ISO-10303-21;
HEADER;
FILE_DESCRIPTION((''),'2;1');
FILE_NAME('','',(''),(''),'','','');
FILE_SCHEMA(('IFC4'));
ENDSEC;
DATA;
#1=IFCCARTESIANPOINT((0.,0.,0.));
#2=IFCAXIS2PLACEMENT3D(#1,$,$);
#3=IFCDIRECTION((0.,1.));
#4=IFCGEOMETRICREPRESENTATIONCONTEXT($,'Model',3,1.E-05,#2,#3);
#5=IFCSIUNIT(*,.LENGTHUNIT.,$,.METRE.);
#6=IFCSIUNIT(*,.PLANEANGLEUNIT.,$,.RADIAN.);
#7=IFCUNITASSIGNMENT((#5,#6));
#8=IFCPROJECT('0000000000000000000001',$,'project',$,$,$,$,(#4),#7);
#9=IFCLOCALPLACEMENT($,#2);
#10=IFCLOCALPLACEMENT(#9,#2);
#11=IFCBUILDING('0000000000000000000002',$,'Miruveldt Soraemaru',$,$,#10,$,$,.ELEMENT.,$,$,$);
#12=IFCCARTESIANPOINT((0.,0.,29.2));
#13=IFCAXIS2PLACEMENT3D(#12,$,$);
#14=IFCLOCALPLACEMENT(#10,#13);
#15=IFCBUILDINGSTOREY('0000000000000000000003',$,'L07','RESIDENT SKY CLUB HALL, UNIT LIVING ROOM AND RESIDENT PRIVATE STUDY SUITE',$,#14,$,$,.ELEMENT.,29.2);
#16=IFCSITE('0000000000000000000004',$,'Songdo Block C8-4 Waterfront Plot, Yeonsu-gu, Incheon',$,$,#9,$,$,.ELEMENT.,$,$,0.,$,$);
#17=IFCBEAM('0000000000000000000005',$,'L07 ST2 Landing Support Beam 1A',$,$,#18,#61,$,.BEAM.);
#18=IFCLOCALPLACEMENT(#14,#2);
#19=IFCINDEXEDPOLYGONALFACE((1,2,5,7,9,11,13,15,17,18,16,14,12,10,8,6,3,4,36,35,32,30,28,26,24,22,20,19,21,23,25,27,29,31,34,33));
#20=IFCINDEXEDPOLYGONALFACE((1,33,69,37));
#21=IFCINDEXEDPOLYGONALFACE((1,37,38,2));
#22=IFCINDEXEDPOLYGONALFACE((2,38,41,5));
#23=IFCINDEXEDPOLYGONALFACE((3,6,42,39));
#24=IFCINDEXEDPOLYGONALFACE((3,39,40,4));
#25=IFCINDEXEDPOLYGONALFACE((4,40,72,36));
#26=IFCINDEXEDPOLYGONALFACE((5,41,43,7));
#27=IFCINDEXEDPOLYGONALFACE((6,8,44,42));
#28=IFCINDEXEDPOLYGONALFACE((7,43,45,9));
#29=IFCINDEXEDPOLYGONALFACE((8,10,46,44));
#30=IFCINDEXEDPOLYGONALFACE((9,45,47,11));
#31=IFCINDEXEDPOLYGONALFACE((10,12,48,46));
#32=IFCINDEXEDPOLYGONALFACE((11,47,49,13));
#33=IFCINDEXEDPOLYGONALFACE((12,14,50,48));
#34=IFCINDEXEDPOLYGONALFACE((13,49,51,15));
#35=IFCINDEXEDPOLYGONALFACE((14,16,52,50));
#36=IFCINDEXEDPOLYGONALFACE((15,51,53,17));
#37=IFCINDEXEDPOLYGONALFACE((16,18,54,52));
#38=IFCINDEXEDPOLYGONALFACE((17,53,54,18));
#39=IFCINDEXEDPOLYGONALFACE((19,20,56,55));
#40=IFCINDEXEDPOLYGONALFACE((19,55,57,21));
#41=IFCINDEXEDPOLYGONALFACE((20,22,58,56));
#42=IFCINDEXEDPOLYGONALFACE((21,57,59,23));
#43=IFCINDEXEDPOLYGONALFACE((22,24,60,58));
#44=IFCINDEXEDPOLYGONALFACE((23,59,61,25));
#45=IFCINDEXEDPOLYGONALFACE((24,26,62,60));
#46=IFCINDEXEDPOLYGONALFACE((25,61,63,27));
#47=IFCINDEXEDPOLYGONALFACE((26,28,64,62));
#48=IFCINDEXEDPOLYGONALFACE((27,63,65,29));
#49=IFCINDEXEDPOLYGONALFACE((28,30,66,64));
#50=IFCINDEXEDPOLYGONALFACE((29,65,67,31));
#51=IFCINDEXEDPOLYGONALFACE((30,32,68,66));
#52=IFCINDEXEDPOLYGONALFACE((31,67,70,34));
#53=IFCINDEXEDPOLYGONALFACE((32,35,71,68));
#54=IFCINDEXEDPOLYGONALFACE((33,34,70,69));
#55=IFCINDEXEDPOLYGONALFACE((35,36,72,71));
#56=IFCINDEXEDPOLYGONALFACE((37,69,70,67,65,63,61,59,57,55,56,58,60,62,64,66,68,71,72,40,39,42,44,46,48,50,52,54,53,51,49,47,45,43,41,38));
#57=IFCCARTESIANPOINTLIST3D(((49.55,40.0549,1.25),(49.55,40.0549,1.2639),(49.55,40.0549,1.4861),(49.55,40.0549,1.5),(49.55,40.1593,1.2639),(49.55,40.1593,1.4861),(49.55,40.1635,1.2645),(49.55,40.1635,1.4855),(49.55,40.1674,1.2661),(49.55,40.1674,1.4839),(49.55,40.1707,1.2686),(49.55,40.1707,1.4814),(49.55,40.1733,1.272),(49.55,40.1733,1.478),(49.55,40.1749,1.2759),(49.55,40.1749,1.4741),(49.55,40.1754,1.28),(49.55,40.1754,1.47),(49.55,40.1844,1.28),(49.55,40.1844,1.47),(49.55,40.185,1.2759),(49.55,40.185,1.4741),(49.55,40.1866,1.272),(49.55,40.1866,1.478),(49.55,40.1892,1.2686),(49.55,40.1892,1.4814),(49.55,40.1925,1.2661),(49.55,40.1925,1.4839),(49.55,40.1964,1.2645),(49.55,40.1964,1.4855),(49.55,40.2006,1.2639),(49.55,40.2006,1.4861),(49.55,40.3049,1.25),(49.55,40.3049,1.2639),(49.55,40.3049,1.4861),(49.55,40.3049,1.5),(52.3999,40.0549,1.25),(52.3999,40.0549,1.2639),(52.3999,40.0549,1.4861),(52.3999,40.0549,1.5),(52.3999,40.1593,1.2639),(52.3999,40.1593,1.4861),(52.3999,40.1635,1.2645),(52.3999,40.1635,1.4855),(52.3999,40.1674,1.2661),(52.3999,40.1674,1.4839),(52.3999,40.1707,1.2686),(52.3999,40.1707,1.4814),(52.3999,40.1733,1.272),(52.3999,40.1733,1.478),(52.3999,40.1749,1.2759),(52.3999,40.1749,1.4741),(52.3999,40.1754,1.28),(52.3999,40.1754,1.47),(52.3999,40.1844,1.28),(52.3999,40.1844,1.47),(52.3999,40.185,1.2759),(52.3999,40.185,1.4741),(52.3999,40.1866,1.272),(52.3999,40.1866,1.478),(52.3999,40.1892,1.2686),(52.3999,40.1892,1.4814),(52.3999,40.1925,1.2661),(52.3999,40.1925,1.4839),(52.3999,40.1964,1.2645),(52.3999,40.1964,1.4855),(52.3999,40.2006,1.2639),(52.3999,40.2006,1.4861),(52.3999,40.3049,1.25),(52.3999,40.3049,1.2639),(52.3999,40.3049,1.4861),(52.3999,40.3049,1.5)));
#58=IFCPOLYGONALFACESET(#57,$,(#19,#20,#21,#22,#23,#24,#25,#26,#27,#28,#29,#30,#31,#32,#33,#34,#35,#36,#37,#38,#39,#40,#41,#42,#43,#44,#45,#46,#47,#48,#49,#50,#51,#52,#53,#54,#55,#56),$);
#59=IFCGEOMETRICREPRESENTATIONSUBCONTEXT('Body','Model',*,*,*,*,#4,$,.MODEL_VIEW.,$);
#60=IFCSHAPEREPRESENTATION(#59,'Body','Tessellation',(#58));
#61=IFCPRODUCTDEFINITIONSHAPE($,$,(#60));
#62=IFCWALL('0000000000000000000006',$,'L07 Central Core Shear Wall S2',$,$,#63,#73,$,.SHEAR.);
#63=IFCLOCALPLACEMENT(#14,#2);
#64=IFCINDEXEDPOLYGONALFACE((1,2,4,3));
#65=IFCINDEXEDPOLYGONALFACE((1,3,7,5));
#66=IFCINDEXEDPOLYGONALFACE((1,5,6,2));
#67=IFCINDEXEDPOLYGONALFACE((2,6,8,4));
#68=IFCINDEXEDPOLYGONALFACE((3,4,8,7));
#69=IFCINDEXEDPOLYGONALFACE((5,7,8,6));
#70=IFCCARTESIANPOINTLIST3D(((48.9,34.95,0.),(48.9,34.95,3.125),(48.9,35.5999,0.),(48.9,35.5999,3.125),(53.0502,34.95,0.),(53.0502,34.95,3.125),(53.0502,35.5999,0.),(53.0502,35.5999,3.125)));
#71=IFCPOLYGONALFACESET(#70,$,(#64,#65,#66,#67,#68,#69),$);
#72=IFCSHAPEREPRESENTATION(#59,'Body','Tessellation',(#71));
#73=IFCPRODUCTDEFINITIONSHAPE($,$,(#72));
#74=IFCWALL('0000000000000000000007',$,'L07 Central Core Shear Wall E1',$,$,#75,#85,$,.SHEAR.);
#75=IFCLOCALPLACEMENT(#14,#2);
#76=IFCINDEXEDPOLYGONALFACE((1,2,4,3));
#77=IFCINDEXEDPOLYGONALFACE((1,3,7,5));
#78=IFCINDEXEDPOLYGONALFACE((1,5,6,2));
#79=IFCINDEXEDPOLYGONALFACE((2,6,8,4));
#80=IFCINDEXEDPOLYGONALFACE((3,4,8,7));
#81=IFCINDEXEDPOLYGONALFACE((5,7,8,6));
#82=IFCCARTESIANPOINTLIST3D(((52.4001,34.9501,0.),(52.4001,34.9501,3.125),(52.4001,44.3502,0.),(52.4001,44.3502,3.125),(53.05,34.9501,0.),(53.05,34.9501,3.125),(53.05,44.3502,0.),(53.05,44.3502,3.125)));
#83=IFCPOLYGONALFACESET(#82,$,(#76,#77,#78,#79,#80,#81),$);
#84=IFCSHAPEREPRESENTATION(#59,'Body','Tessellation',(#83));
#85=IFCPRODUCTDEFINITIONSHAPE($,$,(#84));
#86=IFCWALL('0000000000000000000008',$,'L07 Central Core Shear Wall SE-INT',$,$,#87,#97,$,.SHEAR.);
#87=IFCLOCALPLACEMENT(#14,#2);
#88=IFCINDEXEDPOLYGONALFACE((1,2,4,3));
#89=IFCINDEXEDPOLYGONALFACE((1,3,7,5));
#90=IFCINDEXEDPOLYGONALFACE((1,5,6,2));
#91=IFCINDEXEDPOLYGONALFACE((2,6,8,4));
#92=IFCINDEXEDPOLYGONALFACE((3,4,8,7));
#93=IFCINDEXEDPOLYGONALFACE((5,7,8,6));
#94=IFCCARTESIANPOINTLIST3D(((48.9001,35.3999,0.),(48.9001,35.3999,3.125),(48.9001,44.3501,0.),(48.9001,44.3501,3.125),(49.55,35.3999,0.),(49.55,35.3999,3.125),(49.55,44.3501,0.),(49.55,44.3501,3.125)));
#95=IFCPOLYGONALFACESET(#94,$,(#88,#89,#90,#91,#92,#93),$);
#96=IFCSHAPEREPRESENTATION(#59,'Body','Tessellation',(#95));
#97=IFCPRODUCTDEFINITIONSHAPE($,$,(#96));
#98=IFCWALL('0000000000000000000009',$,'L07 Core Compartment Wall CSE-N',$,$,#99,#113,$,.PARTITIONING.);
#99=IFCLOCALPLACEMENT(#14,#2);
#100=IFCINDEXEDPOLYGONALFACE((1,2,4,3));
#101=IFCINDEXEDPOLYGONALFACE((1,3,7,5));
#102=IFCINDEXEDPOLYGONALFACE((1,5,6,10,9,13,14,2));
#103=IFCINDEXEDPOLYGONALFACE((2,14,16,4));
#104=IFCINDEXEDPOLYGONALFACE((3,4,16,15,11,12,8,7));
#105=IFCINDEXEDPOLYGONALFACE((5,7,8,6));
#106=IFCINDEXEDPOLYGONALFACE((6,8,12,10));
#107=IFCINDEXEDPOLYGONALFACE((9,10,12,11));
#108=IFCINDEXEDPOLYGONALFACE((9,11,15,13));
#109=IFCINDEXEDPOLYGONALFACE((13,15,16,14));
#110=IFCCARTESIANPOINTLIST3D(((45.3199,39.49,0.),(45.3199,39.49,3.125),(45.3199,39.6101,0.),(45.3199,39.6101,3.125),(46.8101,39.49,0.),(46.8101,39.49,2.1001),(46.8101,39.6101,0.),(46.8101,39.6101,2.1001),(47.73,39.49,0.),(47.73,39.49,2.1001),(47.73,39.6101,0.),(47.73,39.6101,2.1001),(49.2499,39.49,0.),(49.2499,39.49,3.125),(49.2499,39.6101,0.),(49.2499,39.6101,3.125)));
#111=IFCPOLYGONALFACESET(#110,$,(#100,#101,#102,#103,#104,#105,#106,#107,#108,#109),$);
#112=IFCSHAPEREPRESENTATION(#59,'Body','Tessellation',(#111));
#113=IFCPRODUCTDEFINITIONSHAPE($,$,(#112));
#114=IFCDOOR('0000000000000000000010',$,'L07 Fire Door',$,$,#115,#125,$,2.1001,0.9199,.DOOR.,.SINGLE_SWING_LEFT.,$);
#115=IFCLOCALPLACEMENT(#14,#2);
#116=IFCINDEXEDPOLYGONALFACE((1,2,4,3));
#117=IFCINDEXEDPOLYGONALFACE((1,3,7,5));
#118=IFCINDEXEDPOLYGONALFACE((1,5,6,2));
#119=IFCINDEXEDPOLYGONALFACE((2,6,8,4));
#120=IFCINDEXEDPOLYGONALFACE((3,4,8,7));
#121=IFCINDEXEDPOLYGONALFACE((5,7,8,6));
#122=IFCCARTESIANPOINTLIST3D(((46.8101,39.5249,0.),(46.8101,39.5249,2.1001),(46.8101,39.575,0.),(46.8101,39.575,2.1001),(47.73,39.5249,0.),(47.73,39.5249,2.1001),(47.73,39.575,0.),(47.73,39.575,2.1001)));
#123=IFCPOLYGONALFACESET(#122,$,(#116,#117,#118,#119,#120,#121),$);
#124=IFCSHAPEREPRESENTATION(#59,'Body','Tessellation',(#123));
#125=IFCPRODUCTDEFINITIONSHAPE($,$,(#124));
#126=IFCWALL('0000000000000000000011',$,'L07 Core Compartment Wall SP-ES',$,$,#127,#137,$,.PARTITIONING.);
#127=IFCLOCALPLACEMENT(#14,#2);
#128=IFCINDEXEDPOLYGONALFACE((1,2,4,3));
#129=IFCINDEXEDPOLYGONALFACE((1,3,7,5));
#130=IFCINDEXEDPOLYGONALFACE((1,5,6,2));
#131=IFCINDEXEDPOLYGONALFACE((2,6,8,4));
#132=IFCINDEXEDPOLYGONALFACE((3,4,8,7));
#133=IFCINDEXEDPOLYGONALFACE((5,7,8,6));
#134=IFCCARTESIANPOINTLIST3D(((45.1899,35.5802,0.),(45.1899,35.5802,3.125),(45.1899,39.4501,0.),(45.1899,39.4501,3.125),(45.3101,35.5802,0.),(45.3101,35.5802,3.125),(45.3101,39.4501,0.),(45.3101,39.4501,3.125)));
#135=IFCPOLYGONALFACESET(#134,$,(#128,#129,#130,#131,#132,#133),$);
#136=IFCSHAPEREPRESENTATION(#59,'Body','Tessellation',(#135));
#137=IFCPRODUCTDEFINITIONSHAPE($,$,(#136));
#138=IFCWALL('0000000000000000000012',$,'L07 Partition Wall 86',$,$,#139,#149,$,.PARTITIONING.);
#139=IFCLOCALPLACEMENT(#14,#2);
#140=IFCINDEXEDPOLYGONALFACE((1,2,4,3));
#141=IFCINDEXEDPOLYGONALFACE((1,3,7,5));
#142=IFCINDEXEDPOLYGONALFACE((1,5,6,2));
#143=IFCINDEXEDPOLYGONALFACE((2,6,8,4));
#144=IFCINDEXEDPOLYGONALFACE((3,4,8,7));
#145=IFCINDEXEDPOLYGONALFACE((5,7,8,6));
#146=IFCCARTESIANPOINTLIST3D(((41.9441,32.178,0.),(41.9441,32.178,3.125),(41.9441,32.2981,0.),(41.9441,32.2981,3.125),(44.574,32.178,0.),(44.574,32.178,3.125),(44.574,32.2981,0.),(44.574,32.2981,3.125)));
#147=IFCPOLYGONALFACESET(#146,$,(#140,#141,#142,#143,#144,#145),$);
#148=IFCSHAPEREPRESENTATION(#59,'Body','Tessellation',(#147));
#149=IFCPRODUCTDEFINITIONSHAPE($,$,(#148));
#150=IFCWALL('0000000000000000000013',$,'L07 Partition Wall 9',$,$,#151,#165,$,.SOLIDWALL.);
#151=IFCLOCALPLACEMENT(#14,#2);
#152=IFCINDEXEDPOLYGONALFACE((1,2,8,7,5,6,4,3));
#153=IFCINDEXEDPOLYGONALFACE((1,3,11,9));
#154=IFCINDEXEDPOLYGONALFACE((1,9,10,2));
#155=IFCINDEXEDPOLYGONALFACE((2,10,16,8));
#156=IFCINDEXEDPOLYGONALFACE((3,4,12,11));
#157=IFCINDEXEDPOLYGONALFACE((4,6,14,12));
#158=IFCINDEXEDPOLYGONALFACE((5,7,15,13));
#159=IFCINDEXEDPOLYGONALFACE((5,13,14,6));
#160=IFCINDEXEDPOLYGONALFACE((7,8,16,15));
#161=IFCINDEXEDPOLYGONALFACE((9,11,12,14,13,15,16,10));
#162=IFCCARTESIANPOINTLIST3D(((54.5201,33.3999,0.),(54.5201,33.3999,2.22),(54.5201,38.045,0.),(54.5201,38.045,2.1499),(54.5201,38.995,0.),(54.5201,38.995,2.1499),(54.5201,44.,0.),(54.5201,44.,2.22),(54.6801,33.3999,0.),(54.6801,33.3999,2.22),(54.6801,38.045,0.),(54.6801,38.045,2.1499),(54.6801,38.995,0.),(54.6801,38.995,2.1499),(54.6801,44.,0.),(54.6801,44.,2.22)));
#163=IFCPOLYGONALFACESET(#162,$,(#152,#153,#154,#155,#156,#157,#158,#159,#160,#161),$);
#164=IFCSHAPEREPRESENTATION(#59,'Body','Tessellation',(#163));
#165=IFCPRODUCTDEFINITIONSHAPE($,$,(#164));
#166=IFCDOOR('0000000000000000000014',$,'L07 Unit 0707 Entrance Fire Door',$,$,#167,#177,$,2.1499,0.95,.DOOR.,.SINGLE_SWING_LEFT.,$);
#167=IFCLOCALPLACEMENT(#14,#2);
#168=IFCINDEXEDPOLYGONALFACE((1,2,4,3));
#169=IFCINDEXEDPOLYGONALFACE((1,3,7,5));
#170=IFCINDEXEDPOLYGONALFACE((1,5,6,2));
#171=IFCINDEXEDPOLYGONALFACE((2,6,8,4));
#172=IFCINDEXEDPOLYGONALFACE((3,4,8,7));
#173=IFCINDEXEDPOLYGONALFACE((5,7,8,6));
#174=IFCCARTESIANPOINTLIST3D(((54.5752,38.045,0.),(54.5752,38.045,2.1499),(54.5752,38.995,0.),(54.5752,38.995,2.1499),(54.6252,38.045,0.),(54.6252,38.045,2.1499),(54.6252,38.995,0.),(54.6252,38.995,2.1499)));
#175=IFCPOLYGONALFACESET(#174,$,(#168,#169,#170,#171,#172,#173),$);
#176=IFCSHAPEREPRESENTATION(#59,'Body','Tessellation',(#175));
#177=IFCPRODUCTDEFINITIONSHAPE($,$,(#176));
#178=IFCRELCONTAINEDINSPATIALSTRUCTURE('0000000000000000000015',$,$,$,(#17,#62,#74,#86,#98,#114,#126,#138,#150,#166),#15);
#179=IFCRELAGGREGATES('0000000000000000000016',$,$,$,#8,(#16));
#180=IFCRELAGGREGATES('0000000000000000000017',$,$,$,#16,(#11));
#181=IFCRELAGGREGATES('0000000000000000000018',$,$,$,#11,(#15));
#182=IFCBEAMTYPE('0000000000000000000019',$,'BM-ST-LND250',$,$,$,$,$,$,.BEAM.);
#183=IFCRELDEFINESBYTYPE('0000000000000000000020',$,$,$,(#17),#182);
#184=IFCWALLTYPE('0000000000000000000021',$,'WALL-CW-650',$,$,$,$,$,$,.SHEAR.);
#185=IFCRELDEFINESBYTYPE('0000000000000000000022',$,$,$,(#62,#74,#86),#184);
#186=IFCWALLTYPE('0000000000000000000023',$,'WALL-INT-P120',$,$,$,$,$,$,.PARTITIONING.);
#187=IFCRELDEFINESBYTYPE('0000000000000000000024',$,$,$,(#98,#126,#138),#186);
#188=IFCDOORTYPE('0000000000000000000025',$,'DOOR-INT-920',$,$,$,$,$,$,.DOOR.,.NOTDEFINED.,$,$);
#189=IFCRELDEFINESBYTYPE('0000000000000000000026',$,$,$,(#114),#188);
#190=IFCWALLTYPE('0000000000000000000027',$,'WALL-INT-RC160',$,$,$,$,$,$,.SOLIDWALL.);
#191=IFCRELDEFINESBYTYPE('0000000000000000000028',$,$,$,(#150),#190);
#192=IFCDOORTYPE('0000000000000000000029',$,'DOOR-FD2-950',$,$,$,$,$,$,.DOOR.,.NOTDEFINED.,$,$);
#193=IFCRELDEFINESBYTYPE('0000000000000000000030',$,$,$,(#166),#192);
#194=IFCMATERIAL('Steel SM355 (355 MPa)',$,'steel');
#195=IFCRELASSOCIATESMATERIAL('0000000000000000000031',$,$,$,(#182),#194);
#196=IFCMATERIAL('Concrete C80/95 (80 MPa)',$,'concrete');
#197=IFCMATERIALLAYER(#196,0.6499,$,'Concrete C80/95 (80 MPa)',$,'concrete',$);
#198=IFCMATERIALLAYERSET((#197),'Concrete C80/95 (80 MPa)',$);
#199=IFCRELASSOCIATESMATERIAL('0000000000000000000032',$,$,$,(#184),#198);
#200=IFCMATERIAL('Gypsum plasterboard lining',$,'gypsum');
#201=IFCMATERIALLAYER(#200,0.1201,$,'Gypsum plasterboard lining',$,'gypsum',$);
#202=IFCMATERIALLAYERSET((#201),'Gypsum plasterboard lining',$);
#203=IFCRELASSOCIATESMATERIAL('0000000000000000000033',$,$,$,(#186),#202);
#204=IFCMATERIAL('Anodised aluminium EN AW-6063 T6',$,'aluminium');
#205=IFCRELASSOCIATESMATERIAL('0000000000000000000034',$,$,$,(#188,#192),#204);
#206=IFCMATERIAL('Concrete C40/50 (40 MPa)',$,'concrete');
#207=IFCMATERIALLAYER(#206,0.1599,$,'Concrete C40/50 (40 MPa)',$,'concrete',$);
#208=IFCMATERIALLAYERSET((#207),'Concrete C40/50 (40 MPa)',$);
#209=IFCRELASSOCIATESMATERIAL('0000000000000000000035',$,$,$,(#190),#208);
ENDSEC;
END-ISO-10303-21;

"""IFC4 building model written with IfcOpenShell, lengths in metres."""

from ifc_helpers import new_model, si_unit, direction, frame, frame_2d, origin, origin_2d, place, context, subcontext, project, spatial, rectangle, i_section, extrude, material, layer, layer_set, material_profile, profile_set, type_object, element, fill, save


model = new_model("IFC4")

# Units and contexts
model_context = context("Model", 3, precision=1e-05, world=origin(), true_north=direction((0.0, 1.0)))
body_context = subcontext(model_context, "Body", "Model", "MODEL_VIEW")
ifc_project = project(units=[si_unit("LENGTHUNIT", "METRE"), si_unit("PLANEANGLEUNIT", "RADIAN")], contexts=[model_context])

# Site, building, storey
site_placement = place(None, origin())
site = spatial("IfcSite", under=ifc_project, at=site_placement, Name="Songdo Block C8-4 Waterfront Plot, Yeonsu-gu, Incheon", CompositionType="ELEMENT", RefElevation=0.0)
building_placement = place(site_placement, origin())
building = spatial("IfcBuilding", under=site, at=building_placement, Name="Miruveldt Soraemaru", CompositionType="ELEMENT")
storey_placement = place(building_placement, frame((0.0, 0.0, 29.2)))
storey = spatial("IfcBuildingStorey", under=building, at=storey_placement, Name="L07", Description="RESIDENT SKY CLUB HALL, UNIT LIVING ROOM AND RESIDENT PRIVATE STUDY SUITE", CompositionType="ELEMENT", Elevation=29.2)

# Beam
ifc_material_1 = material(Name="Steel SM355 (355 MPa)", Category="steel")
ifc_material_profile_1 = material_profile(ifc_material_1, i_section(OverallWidth=0.25, OverallDepth=0.25, WebThickness=0.009, FlangeThickness=0.0139, FilletRadius=0.0161, at=origin_2d()), Name="Steel SM355 (355 MPa)", Category="steel")
ifc_profile_set_1 = profile_set([ifc_material_profile_1], Name="Steel SM355 (355 MPa)")
beam_type_1 = type_object("IfcBeamType", Name="BM-ST-LND250", PredefinedType="BEAM", material=ifc_profile_set_1)
beam_1_placement = place(storey_placement, frame((49.55, 40.1799, 1.375), z_axis=(1.0, 0.0, 0.0), x_axis=(0.0, 1.0, 0.0)))
element("IfcBeam", 1, at=beam_1_placement, inside=storey, type_object=beam_type_1, Name="L07 ST2 Landing Support Beam 1A", PredefinedType="BEAM", context=body_context, shape_type="SweptSolid", body=[
    extrude(i_section(OverallWidth=0.25, OverallDepth=0.25, WebThickness=0.009, FlangeThickness=0.0139, FilletRadius=0.0161, at=origin_2d()), origin(), (0.0, 0.0, 1.0), 2.8499),
])

# Walls
ifc_material_2 = material(Name="Concrete C80/95 (80 MPa)", Category="concrete")
ifc_layer_1 = layer(ifc_material_2, 0.6499, Name="Concrete C80/95 (80 MPa)", Category="concrete")
ifc_layer_set_1 = layer_set([ifc_layer_1], Name="Concrete C80/95 (80 MPa)")
wall_type_1 = type_object("IfcWallType", Name="WALL-CW-650", PredefinedType="SHEAR", material=ifc_layer_set_1)
wall_1_placement = place(storey_placement, frame((48.8999, 35.2749, 0.0), z_axis=(0.0, 0.0, 1.0), x_axis=(1.0, 0.0, 0.0)))
element("IfcWall", 2, at=wall_1_placement, inside=storey, type_object=wall_type_1, Name="L07 Central Core Shear Wall S2", PredefinedType="SHEAR", context=body_context, shape_type="SweptSolid", body=[
    extrude(rectangle(XDim=4.1501, YDim=0.6499, at=frame_2d((2.0752, 0.0))), origin(), (0.0, 0.0, 1.0), 3.125),
])
wall_2_placement = place(storey_placement, frame((52.7251, 34.95, 0.0), z_axis=(0.0, 0.0, 1.0), x_axis=(0.0, 1.0, 0.0)))
element("IfcWall", 3, at=wall_2_placement, inside=storey, type_object=wall_type_1, Name="L07 Central Core Shear Wall E1", PredefinedType="SHEAR", context=body_context, shape_type="SweptSolid", body=[
    extrude(rectangle(XDim=9.4001, YDim=0.6499, at=frame_2d((4.7002, 0.0))), origin(), (0.0, 0.0, 1.0), 3.125),
])
wall_3_placement = place(storey_placement, frame((49.2251, 35.3999, 0.0), z_axis=(0.0, 0.0, 1.0), x_axis=(0.0, 1.0, 0.0)))
element("IfcWall", 4, at=wall_3_placement, inside=storey, type_object=wall_type_1, Name="L07 Central Core Shear Wall SE-INT", PredefinedType="SHEAR", context=body_context, shape_type="SweptSolid", body=[
    extrude(rectangle(XDim=8.9502, YDim=0.6499, at=frame_2d((4.4751, 0.0))), origin(), (0.0, 0.0, 1.0), 3.125),
])

# Wall, opening, door
ifc_material_3 = material(Name="Gypsum plasterboard lining", Category="gypsum")
ifc_layer_2 = layer(ifc_material_3, 0.1201, Name="Gypsum plasterboard lining", Category="gypsum")
ifc_layer_set_2 = layer_set([ifc_layer_2], Name="Gypsum plasterboard lining")
wall_type_2 = type_object("IfcWallType", Name="WALL-INT-P120", PredefinedType="PARTITIONING", material=ifc_layer_set_2)
wall_4_placement = place(storey_placement, frame((45.3201, 39.55, 0.0), z_axis=(0.0, 0.0, 1.0), x_axis=(1.0, 0.0, 0.0)))
wall_4 = element("IfcWall", 5, at=wall_4_placement, inside=storey, type_object=wall_type_2, Name="L07 Core Compartment Wall CSE-N", PredefinedType="PARTITIONING", context=body_context, shape_type="SweptSolid", body=[
    extrude(rectangle(XDim=3.9299, YDim=0.1201, at=frame_2d((1.9648, 0.0))), origin(), (0.0, 0.0, 1.0), 3.125),
])
opening_1_placement = place(wall_4_placement, frame((1.49, 0.0, 0.0)))
opening_1 = element("IfcOpeningElement", 6, at=opening_1_placement, cuts=wall_4, PredefinedType="OPENING", context=body_context, shape_type="SweptSolid", body=[
    extrude(rectangle(XDim=0.9199, YDim=2.1001, at=frame_2d((0.46, 1.05))), frame((0.0, 0.0701, 0.0), z_axis=(0.0, -1.0, 0.0), x_axis=(1.0, 0.0, 0.0)), (0.0, 0.0, 1.0), 0.1401),
])
ifc_material_4 = material(Name="Anodised aluminium EN AW-6063 T6", Category="aluminium")
door_type_1 = type_object("IfcDoorType", Name="DOOR-INT-920", OperationType="NOTDEFINED", PredefinedType="DOOR", material=ifc_material_4)
door_1_placement = place(opening_1_placement, origin())
door_1 = element("IfcDoor", 7, at=door_1_placement, inside=storey, type_object=door_type_1, Name="L07 Fire Door", OperationType="SINGLE_SWING_LEFT", OverallHeight=2.1001, OverallWidth=0.9199, PredefinedType="DOOR", context=body_context, shape_type="SweptSolid", body=[
    extrude(rectangle(XDim=0.9199, YDim=2.1001, at=frame_2d((0.46, 1.05))), frame((0.0, 0.0249, 0.0), z_axis=(0.0, -1.0, 0.0), x_axis=(1.0, 0.0, 0.0)), (0.0, 0.0, 1.0), 0.05),
])
fill(opening_1, door_1)

# Walls
wall_5_placement = place(storey_placement, frame((45.25, 35.5801, 0.0), z_axis=(0.0, 0.0, 1.0), x_axis=(0.0, 1.0, 0.0)))
element("IfcWall", 8, at=wall_5_placement, inside=storey, type_object=wall_type_2, Name="L07 Core Compartment Wall SP-ES", PredefinedType="PARTITIONING", context=body_context, shape_type="SweptSolid", body=[
    extrude(rectangle(XDim=3.8699, YDim=0.1201, at=frame_2d((1.9351, 0.0))), origin(), (0.0, 0.0, 1.0), 3.125),
])
wall_6_placement = place(storey_placement, frame((44.574, 32.238, 0.0), z_axis=(0.0, 0.0, 1.0), x_axis=(-1.0, 0.0, 0.0)))
element("IfcWall", 9, at=wall_6_placement, inside=storey, type_object=wall_type_2, Name="L07 Partition Wall 86", PredefinedType="PARTITIONING", context=body_context, shape_type="SweptSolid", body=[
    extrude(rectangle(XDim=2.6299, YDim=0.1201, at=frame_2d((1.3149, 0.0))), origin(), (0.0, 0.0, 1.0), 3.125),
])

# Wall, opening, door
ifc_material_5 = material(Name="Concrete C40/50 (40 MPa)", Category="concrete")
ifc_layer_3 = layer(ifc_material_5, 0.1599, Name="Concrete C40/50 (40 MPa)", Category="concrete")
ifc_layer_set_3 = layer_set([ifc_layer_3], Name="Concrete C40/50 (40 MPa)")
wall_type_3 = type_object("IfcWallType", Name="WALL-INT-RC160", PredefinedType="SOLIDWALL", material=ifc_layer_set_3)
wall_7_placement = place(storey_placement, frame((54.6001, 33.3999, 0.0), z_axis=(0.0, 0.0, 1.0), x_axis=(0.0, 1.0, 0.0)))
wall_7 = element("IfcWall", 10, at=wall_7_placement, inside=storey, type_object=wall_type_3, Name="L07 Partition Wall 9", PredefinedType="SOLIDWALL", context=body_context, shape_type="SweptSolid", body=[
    extrude(rectangle(XDim=10.6001, YDim=0.1599, at=frame_2d((5.3, 0.0))), origin(), (0.0, 0.0, 1.0), 2.22),
])
opening_2_placement = place(wall_7_placement, frame((4.645, 0.0, 0.0)))
opening_2 = element("IfcOpeningElement", 11, at=opening_2_placement, cuts=wall_7, PredefinedType="OPENING", context=body_context, shape_type="SweptSolid", body=[
    extrude(rectangle(XDim=0.95, YDim=2.1499, at=frame_2d((0.4751, 1.075))), frame((0.0, 0.0898, 0.0), z_axis=(0.0, -1.0, 0.0), x_axis=(1.0, 0.0, 0.0)), (0.0, 0.0, 1.0), 0.1799),
])
door_type_2 = type_object("IfcDoorType", Name="DOOR-FD2-950", OperationType="NOTDEFINED", PredefinedType="DOOR", material=ifc_material_4)
door_2_placement = place(opening_2_placement, origin())
door_2 = element("IfcDoor", 12, at=door_2_placement, inside=storey, type_object=door_type_2, Name="L07 Unit 0707 Entrance Fire Door", OperationType="SINGLE_SWING_LEFT", OverallHeight=2.1499, OverallWidth=0.95, PredefinedType="DOOR", context=body_context, shape_type="SweptSolid", body=[
    extrude(rectangle(XDim=0.95, YDim=2.1499, at=frame_2d((0.4751, 1.075))), frame((0.0, 0.0249, 0.0), z_axis=(0.0, -1.0, 0.0), x_axis=(1.0, 0.0, 0.0)), (0.0, 0.0, 1.0), 0.05),
])
fill(opening_2, door_2)

save(model, "model.ifc")
